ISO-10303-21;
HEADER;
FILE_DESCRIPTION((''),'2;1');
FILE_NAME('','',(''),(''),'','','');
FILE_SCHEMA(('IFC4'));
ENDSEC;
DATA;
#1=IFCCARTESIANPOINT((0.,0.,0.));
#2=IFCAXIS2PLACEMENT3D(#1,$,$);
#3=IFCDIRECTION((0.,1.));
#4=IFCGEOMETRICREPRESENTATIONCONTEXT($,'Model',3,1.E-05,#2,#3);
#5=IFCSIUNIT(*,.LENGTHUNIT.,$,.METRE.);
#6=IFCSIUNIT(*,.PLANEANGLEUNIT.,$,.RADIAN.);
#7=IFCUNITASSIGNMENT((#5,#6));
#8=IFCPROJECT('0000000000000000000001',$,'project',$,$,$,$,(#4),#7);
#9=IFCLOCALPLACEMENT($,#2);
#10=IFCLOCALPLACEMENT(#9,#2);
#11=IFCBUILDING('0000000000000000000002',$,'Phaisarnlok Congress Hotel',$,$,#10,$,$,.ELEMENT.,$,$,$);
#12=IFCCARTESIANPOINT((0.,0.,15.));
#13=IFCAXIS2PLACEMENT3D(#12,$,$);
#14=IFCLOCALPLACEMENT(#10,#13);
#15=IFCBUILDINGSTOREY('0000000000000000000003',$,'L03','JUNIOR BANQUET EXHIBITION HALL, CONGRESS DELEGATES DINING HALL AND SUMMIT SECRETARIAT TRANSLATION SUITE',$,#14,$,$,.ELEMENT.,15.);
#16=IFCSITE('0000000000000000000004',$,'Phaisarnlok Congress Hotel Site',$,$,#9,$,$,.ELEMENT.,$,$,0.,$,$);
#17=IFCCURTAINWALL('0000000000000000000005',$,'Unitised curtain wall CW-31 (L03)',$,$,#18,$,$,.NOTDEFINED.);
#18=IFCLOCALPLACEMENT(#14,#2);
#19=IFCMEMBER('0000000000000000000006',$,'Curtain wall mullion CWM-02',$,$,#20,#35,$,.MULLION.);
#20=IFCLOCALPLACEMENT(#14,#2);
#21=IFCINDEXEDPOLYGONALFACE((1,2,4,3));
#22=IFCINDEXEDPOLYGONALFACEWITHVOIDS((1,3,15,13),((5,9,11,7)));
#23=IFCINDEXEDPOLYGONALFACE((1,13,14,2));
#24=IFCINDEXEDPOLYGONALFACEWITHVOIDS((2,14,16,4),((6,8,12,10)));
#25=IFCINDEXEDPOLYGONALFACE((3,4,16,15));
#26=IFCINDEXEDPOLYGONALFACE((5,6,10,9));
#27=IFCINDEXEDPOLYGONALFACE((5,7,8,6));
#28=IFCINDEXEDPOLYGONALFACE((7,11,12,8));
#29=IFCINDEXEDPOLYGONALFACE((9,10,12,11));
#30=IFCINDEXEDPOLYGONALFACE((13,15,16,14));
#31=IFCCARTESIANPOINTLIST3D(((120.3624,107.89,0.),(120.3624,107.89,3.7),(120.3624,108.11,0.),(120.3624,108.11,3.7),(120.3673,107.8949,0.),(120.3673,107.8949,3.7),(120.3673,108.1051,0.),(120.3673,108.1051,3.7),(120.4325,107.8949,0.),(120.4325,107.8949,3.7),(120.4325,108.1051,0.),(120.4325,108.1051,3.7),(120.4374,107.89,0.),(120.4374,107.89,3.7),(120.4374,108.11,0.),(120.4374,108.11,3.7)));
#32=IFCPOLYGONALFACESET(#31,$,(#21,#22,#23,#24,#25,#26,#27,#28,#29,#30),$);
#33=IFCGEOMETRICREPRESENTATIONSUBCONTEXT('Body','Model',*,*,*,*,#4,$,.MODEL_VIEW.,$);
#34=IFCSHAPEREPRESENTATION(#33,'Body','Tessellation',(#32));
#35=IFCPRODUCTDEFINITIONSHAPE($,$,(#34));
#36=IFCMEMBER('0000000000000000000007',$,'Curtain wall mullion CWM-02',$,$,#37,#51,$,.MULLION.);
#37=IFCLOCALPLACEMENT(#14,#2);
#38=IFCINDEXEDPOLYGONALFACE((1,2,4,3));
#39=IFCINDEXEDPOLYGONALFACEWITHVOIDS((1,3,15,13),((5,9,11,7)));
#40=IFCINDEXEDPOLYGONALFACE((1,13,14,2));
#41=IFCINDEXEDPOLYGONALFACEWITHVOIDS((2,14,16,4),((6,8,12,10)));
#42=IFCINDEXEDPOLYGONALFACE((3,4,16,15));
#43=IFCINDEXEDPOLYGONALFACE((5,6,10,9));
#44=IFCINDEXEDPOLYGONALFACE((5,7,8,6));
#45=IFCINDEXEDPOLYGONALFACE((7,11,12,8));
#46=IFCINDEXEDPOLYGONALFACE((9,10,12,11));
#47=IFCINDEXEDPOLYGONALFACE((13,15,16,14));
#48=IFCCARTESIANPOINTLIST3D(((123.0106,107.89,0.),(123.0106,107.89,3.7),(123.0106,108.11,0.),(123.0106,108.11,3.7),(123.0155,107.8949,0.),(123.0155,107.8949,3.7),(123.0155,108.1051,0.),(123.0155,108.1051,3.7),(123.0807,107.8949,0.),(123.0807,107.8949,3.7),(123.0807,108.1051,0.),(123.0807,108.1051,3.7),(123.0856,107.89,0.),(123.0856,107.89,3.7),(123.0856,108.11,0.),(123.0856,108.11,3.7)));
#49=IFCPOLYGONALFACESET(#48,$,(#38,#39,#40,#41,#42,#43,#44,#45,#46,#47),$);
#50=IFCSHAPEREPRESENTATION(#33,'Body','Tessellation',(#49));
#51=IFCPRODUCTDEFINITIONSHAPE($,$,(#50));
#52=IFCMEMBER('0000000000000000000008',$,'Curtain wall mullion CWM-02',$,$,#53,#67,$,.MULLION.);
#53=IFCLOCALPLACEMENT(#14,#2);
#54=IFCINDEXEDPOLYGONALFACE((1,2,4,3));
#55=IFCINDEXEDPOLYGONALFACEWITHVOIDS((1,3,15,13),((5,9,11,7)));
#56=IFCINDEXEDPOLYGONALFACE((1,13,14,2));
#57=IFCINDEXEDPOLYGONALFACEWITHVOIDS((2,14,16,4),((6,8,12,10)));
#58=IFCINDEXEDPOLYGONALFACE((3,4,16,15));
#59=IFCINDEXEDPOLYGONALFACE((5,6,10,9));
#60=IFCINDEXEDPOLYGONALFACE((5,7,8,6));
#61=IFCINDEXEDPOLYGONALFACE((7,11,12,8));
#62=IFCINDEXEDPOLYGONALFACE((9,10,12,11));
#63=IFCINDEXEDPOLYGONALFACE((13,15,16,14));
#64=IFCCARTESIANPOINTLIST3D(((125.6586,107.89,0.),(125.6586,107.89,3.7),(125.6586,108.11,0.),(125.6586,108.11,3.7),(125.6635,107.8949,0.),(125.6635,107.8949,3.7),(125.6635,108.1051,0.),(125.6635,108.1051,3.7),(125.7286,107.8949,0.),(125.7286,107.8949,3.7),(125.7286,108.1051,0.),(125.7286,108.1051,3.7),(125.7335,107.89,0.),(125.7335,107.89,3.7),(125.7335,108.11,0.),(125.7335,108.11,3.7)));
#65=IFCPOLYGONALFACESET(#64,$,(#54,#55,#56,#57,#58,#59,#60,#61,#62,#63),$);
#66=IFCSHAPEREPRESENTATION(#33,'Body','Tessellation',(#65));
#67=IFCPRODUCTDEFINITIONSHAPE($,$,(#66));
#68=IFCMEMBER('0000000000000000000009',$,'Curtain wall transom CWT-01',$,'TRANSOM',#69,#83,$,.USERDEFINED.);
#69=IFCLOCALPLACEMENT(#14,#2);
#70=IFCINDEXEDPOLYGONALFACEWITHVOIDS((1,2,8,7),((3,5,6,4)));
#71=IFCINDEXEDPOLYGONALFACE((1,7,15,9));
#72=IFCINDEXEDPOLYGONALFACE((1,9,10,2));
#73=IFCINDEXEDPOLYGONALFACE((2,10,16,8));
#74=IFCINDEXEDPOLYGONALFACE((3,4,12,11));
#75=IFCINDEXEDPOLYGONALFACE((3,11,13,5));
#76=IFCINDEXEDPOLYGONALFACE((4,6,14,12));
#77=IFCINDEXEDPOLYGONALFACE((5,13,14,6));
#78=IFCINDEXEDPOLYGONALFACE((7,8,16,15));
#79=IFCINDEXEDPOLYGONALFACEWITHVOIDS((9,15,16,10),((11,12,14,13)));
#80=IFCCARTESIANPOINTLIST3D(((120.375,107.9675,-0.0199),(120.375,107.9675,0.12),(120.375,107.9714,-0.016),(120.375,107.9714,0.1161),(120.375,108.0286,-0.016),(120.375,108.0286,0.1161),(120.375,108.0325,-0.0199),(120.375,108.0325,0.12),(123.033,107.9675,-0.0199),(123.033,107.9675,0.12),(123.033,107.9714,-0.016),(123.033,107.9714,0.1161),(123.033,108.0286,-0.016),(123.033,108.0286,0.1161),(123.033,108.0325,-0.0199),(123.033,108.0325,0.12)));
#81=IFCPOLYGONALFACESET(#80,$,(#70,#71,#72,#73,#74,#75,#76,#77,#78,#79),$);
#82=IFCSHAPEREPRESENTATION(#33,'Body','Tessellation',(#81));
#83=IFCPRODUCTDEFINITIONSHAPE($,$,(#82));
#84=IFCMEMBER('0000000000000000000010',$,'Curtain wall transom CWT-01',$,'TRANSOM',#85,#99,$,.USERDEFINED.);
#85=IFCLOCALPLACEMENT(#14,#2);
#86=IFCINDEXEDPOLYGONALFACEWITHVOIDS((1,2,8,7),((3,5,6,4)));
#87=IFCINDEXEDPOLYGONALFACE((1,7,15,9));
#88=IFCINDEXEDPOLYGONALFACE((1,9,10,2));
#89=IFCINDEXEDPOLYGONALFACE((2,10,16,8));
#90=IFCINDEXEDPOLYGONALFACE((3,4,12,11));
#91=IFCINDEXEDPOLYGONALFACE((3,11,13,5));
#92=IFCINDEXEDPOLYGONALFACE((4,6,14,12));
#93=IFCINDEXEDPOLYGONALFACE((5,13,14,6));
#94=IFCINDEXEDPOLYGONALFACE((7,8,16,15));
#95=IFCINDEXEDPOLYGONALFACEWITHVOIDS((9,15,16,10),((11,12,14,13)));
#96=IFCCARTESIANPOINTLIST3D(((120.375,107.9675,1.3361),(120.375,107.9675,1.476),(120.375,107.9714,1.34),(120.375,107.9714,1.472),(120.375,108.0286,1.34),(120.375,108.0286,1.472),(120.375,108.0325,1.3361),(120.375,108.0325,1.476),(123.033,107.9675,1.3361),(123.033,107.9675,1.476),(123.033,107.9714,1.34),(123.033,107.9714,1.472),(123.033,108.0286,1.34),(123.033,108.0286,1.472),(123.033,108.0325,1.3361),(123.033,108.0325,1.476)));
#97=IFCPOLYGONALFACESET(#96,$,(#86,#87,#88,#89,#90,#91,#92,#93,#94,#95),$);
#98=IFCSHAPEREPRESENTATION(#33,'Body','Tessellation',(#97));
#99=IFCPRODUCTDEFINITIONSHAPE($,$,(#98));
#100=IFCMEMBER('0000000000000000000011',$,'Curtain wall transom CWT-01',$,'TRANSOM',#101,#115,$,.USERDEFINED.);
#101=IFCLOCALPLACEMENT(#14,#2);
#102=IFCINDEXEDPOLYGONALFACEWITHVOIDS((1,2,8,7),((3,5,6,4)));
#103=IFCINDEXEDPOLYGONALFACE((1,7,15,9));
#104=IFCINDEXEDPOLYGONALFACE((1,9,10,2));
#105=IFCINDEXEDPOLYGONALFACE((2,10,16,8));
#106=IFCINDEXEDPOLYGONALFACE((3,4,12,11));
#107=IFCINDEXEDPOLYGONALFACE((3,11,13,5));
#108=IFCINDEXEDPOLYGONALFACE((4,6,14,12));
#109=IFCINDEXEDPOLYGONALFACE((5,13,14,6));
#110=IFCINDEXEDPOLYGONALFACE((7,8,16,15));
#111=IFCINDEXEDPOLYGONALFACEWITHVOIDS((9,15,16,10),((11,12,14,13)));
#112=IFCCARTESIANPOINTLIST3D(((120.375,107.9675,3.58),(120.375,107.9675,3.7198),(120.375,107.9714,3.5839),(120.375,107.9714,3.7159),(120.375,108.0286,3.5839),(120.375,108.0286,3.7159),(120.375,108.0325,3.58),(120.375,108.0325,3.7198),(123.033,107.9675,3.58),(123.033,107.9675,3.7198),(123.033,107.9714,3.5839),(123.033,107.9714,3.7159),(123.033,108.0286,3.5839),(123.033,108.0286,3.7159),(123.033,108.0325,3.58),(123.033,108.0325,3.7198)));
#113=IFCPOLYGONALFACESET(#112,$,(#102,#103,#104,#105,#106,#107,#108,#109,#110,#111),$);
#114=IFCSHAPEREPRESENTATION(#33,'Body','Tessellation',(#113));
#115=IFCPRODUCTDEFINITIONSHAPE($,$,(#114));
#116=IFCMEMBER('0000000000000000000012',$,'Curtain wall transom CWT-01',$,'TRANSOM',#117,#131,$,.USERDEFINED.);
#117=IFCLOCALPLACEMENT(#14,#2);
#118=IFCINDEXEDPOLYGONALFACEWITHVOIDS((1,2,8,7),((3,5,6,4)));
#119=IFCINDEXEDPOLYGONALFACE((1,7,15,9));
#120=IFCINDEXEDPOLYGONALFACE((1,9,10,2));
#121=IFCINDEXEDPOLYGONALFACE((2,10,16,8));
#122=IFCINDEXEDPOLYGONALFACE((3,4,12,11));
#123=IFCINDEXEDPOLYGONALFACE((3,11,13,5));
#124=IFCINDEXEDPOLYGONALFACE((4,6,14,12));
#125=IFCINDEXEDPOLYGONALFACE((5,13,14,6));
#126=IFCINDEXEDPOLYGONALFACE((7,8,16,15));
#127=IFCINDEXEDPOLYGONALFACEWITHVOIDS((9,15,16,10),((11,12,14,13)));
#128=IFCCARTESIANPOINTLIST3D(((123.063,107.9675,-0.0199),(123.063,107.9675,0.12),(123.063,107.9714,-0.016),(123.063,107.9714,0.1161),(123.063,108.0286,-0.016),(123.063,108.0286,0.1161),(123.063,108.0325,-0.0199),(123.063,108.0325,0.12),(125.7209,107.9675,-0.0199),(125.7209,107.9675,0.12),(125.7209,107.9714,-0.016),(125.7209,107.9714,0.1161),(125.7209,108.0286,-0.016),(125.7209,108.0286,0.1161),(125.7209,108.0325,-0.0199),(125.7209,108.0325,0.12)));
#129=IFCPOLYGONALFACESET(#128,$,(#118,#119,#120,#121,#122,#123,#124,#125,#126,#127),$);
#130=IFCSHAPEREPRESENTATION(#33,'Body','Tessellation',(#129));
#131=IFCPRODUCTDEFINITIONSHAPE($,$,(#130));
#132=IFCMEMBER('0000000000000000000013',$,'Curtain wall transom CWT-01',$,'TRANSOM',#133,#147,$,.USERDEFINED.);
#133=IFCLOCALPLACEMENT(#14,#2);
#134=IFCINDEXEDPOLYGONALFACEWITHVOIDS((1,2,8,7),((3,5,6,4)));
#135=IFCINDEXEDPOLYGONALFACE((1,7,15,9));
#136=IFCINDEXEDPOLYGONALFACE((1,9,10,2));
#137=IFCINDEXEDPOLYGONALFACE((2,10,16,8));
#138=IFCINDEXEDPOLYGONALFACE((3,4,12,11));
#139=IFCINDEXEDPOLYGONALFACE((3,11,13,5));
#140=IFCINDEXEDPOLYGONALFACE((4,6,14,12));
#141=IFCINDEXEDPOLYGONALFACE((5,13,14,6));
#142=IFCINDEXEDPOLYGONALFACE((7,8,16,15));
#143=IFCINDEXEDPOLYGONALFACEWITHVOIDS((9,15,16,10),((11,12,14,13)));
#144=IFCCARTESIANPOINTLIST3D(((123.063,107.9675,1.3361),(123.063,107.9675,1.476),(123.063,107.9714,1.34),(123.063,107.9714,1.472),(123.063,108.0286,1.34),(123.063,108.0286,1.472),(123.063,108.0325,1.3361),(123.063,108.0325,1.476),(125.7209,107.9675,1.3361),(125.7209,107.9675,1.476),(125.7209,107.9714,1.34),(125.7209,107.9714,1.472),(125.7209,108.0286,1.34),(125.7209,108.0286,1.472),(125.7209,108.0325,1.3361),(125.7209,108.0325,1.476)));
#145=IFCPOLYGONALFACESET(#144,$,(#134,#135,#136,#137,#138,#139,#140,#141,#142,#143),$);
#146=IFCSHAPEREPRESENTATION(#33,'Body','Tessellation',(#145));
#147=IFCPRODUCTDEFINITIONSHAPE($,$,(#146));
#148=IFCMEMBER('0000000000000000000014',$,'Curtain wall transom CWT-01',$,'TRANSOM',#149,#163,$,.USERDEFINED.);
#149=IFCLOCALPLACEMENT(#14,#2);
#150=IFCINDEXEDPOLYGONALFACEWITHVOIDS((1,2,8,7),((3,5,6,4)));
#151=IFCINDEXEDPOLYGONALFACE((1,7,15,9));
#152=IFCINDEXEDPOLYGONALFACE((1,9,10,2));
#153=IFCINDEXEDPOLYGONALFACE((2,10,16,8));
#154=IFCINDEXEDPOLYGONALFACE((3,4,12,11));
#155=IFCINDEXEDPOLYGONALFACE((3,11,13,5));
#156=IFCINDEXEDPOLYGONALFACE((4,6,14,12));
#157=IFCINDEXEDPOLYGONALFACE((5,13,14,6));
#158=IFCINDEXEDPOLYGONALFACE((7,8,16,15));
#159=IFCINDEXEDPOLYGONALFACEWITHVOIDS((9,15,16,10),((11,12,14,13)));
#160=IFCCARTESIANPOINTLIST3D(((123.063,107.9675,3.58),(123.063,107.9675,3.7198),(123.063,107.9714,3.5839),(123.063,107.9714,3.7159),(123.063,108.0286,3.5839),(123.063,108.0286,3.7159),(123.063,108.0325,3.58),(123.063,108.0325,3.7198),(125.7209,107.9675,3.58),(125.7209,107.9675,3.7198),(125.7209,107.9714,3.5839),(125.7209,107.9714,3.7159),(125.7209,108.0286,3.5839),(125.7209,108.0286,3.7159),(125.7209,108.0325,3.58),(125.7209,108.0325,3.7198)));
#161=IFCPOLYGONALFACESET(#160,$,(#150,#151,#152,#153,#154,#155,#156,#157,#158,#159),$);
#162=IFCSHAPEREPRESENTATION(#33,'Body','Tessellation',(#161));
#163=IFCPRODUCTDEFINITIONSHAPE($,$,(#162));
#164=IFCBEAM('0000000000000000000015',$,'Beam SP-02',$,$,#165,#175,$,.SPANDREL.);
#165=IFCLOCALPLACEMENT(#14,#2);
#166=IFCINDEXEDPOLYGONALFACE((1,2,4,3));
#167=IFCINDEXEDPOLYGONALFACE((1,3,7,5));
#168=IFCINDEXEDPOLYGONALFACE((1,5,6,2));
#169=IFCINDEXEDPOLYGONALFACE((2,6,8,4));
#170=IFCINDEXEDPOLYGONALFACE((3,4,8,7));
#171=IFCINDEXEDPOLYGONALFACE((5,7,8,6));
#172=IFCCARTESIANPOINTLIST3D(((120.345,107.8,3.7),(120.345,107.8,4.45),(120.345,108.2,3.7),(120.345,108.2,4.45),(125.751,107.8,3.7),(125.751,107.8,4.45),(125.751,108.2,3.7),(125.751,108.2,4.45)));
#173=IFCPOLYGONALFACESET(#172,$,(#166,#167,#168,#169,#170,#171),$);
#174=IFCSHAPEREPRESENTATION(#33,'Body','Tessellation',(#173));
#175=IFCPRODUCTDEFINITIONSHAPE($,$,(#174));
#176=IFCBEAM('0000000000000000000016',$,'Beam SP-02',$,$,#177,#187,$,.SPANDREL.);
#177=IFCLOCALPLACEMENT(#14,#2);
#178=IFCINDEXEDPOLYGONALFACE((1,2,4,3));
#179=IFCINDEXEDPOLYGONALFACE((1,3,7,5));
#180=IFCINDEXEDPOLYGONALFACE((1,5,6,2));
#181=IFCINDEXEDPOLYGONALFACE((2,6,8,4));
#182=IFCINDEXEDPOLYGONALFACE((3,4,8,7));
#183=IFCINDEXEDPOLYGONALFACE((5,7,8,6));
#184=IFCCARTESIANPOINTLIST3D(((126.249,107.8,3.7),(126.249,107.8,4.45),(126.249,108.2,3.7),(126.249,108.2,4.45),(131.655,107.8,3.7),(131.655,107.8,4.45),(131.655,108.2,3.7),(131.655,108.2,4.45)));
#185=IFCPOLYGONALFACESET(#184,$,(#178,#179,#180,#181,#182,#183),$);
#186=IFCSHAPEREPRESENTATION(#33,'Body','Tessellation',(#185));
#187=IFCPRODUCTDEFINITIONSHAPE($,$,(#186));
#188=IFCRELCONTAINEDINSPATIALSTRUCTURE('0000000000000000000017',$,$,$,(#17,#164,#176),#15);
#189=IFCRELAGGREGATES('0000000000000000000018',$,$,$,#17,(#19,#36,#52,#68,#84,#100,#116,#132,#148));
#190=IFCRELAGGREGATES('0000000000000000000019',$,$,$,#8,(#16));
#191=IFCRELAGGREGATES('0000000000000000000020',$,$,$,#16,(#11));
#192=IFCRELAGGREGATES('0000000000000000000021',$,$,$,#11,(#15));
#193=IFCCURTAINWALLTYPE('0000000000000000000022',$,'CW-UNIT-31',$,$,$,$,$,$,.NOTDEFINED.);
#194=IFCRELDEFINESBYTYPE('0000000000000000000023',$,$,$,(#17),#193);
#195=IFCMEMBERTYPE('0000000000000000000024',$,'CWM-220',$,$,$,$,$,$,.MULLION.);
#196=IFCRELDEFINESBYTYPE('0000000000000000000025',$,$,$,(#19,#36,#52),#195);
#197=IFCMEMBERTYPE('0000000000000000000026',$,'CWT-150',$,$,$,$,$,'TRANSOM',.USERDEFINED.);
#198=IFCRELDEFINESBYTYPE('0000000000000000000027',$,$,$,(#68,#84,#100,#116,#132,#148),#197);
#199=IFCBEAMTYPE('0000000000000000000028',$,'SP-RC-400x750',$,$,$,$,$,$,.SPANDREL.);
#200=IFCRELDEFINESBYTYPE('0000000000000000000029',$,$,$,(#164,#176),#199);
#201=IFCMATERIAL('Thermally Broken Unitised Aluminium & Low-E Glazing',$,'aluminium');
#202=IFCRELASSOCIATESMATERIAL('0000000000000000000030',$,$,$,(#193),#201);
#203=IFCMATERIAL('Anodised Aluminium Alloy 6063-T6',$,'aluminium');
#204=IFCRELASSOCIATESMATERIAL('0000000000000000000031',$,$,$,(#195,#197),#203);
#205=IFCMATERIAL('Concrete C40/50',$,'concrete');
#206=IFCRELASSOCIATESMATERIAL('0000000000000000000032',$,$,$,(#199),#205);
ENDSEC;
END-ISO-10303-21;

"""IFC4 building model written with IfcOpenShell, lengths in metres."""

from ifc_helpers import new_model, si_unit, direction, frame, origin, origin_2d, place, context, subcontext, project, spatial, rectangle, hollow_rectangle, extrude, material, material_profile, profile_set, type_object, element, aggregate, save


model = new_model("IFC4")

# Units and contexts
model_context = context("Model", 3, precision=1e-05, world=origin(), true_north=direction((0.0, 1.0)))
body_context = subcontext(model_context, "Body", "Model", "MODEL_VIEW")
ifc_project = project(units=[si_unit("LENGTHUNIT", "METRE"), si_unit("PLANEANGLEUNIT", "RADIAN")], contexts=[model_context])

# Site, building, storey
site_placement = place(None, origin())
site = spatial("IfcSite", under=ifc_project, at=site_placement, Name="Phaisarnlok Congress Hotel Site", CompositionType="ELEMENT", RefElevation=0.0)
building_placement = place(site_placement, origin())
building = spatial("IfcBuilding", under=site, at=building_placement, Name="Phaisarnlok Congress Hotel", CompositionType="ELEMENT")
storey_placement = place(building_placement, frame((0.0, 0.0, 15.0)))
storey = spatial("IfcBuildingStorey", under=building, at=storey_placement, Name="L03", Description="JUNIOR BANQUET EXHIBITION HALL, CONGRESS DELEGATES DINING HALL AND SUMMIT SECRETARIAT TRANSLATION SUITE", CompositionType="ELEMENT", Elevation=15.0)

# Curtain wall, members
ifc_material_1 = material(Name="Thermally Broken Unitised Aluminium & Low-E Glazing", Category="aluminium")
curtain_wall_type = type_object("IfcCurtainWallType", Name="CW-UNIT-31", PredefinedType="NOTDEFINED", material=ifc_material_1)
curtain_wall_placement = place(storey_placement, origin())
curtain_wall = element("IfcCurtainWall", 1, at=curtain_wall_placement, inside=storey, type_object=curtain_wall_type, Name="Unitised curtain wall CW-31 (L03)", PredefinedType="NOTDEFINED")
ifc_material_2 = material(Name="Anodised Aluminium Alloy 6063-T6", Category="aluminium")
ifc_material_profile_1 = material_profile(ifc_material_2, hollow_rectangle(XDim=0.075, YDim=0.22, WallThickness=0.0049, at=origin_2d()), Name="ALU-M 75x220x5")
ifc_profile_set_1 = profile_set([ifc_material_profile_1], Name="Anodised Aluminium Alloy 6063-T6")
member_type_1 = type_object("IfcMemberType", Name="CWM-220", PredefinedType="MULLION", material=ifc_profile_set_1)
member_1_placement = place(storey_placement, frame((120.3999, 108.0, 0.0), z_axis=(0.0, 0.0, 1.0), x_axis=(1.0, 0.0, 0.0)))
member_1 = element("IfcMember", 2, at=member_1_placement, type_object=member_type_1, Name="Curtain wall mullion CWM-02", PredefinedType="MULLION", context=body_context, shape_type="SweptSolid", body=[
    extrude(hollow_rectangle(XDim=0.075, YDim=0.22, WallThickness=0.0049, at=origin_2d()), origin(), (0.0, 0.0, 1.0), 3.7),
])
member_2_placement = place(storey_placement, frame((123.0481, 108.0, 0.0), z_axis=(0.0, 0.0, 1.0), x_axis=(1.0, 0.0, 0.0)))
member_2 = element("IfcMember", 3, at=member_2_placement, type_object=member_type_1, Name="Curtain wall mullion CWM-02", PredefinedType="MULLION", context=body_context, shape_type="SweptSolid", body=[
    extrude(hollow_rectangle(XDim=0.075, YDim=0.22, WallThickness=0.0049, at=origin_2d()), origin(), (0.0, 0.0, 1.0), 3.7),
])
member_3_placement = place(storey_placement, frame((125.696, 108.0, 0.0), z_axis=(0.0, 0.0, 1.0), x_axis=(1.0, 0.0, 0.0)))
member_3 = element("IfcMember", 4, at=member_3_placement, type_object=member_type_1, Name="Curtain wall mullion CWM-02", PredefinedType="MULLION", context=body_context, shape_type="SweptSolid", body=[
    extrude(hollow_rectangle(XDim=0.075, YDim=0.22, WallThickness=0.0049, at=origin_2d()), origin(), (0.0, 0.0, 1.0), 3.7),
])
ifc_material_profile_2 = material_profile(ifc_material_2, hollow_rectangle(XDim=0.0649, YDim=0.1399, WallThickness=0.0039, at=origin_2d()), Name="ALU-T 65x140x4")
ifc_profile_set_2 = profile_set([ifc_material_profile_2], Name="Anodised Aluminium Alloy 6063-T6")
member_type_2 = type_object("IfcMemberType", Name="CWT-150", ElementType="TRANSOM", PredefinedType="USERDEFINED", material=ifc_profile_set_2)
member_4_placement = place(storey_placement, frame((120.375, 108.0, 0.05), z_axis=(1.0, 0.0, 0.0), x_axis=(0.0, 1.0, 0.0)))
member_4 = element("IfcMember", 5, at=member_4_placement, type_object=member_type_2, Name="Curtain wall transom CWT-01", ObjectType="TRANSOM", PredefinedType="USERDEFINED", context=body_context, shape_type="SweptSolid", body=[
    extrude(hollow_rectangle(XDim=0.0649, YDim=0.1399, WallThickness=0.0039, at=origin_2d()), origin(), (0.0, 0.0, 1.0), 2.658),
])
member_5_placement = place(storey_placement, frame((120.375, 108.0, 1.406), z_axis=(1.0, 0.0, 0.0), x_axis=(0.0, 1.0, 0.0)))
member_5 = element("IfcMember", 6, at=member_5_placement, type_object=member_type_2, Name="Curtain wall transom CWT-01", ObjectType="TRANSOM", PredefinedType="USERDEFINED", context=body_context, shape_type="SweptSolid", body=[
    extrude(hollow_rectangle(XDim=0.0649, YDim=0.1399, WallThickness=0.0039, at=origin_2d()), origin(), (0.0, 0.0, 1.0), 2.658),
])
member_6_placement = place(storey_placement, frame((120.375, 108.0, 3.6499), z_axis=(1.0, 0.0, 0.0), x_axis=(0.0, 1.0, 0.0)))
member_6 = element("IfcMember", 7, at=member_6_placement, type_object=member_type_2, Name="Curtain wall transom CWT-01", ObjectType="TRANSOM", PredefinedType="USERDEFINED", context=body_context, shape_type="SweptSolid", body=[
    extrude(hollow_rectangle(XDim=0.0649, YDim=0.1399, WallThickness=0.0039, at=origin_2d()), origin(), (0.0, 0.0, 1.0), 2.658),
])
member_7_placement = place(storey_placement, frame((123.063, 108.0, 0.05), z_axis=(1.0, 0.0, 0.0), x_axis=(0.0, 1.0, 0.0)))
member_7 = element("IfcMember", 8, at=member_7_placement, type_object=member_type_2, Name="Curtain wall transom CWT-01", ObjectType="TRANSOM", PredefinedType="USERDEFINED", context=body_context, shape_type="SweptSolid", body=[
    extrude(hollow_rectangle(XDim=0.0649, YDim=0.1399, WallThickness=0.0039, at=origin_2d()), origin(), (0.0, 0.0, 1.0), 2.658),
])
member_8_placement = place(storey_placement, frame((123.063, 108.0, 1.406), z_axis=(1.0, 0.0, 0.0), x_axis=(0.0, 1.0, 0.0)))
member_8 = element("IfcMember", 9, at=member_8_placement, type_object=member_type_2, Name="Curtain wall transom CWT-01", ObjectType="TRANSOM", PredefinedType="USERDEFINED", context=body_context, shape_type="SweptSolid", body=[
    extrude(hollow_rectangle(XDim=0.0649, YDim=0.1399, WallThickness=0.0039, at=origin_2d()), origin(), (0.0, 0.0, 1.0), 2.658),
])
member_9_placement = place(storey_placement, frame((123.063, 108.0, 3.6499), z_axis=(1.0, 0.0, 0.0), x_axis=(0.0, 1.0, 0.0)))
member_9 = element("IfcMember", 10, at=member_9_placement, type_object=member_type_2, Name="Curtain wall transom CWT-01", ObjectType="TRANSOM", PredefinedType="USERDEFINED", context=body_context, shape_type="SweptSolid", body=[
    extrude(hollow_rectangle(XDim=0.0649, YDim=0.1399, WallThickness=0.0039, at=origin_2d()), origin(), (0.0, 0.0, 1.0), 2.658),
])

# Beams
ifc_material_3 = material(Name="Concrete C40/50", Category="concrete")
ifc_material_profile_3 = material_profile(ifc_material_3, rectangle(XDim=0.3999, YDim=0.75, at=origin_2d()), Name="RC 400x750")
ifc_profile_set_3 = profile_set([ifc_material_profile_3], Name="Concrete C40/50")
beam_type = type_object("IfcBeamType", Name="SP-RC-400x750", PredefinedType="SPANDREL", material=ifc_profile_set_3)
for number, where, z_axis, x_axis, name in (
    (11, (120.345, 108.0, 4.075), (1.0, 0.0, 0.0), (0.0, 1.0, 0.0), "Beam SP-02"),
    (12, (126.249, 108.0, 4.075), (1.0, 0.0, 0.0), (0.0, 1.0, 0.0), "Beam SP-02"),
):
    element("IfcBeam", number, at=place(storey_placement, frame(where, z_axis=z_axis, x_axis=x_axis)), inside=storey, type_object=beam_type, Name=name, PredefinedType="SPANDREL", context=body_context, shape_type="SweptSolid", body=[
        extrude(rectangle(XDim=0.3999, YDim=0.75, at=origin_2d()), origin(), (0.0, 0.0, 1.0), 5.406),
    ])

aggregate(curtain_wall, [member_1, member_2, member_3, member_4, member_5, member_6, member_7, member_8, member_9])

save(model, "model.ifc")
